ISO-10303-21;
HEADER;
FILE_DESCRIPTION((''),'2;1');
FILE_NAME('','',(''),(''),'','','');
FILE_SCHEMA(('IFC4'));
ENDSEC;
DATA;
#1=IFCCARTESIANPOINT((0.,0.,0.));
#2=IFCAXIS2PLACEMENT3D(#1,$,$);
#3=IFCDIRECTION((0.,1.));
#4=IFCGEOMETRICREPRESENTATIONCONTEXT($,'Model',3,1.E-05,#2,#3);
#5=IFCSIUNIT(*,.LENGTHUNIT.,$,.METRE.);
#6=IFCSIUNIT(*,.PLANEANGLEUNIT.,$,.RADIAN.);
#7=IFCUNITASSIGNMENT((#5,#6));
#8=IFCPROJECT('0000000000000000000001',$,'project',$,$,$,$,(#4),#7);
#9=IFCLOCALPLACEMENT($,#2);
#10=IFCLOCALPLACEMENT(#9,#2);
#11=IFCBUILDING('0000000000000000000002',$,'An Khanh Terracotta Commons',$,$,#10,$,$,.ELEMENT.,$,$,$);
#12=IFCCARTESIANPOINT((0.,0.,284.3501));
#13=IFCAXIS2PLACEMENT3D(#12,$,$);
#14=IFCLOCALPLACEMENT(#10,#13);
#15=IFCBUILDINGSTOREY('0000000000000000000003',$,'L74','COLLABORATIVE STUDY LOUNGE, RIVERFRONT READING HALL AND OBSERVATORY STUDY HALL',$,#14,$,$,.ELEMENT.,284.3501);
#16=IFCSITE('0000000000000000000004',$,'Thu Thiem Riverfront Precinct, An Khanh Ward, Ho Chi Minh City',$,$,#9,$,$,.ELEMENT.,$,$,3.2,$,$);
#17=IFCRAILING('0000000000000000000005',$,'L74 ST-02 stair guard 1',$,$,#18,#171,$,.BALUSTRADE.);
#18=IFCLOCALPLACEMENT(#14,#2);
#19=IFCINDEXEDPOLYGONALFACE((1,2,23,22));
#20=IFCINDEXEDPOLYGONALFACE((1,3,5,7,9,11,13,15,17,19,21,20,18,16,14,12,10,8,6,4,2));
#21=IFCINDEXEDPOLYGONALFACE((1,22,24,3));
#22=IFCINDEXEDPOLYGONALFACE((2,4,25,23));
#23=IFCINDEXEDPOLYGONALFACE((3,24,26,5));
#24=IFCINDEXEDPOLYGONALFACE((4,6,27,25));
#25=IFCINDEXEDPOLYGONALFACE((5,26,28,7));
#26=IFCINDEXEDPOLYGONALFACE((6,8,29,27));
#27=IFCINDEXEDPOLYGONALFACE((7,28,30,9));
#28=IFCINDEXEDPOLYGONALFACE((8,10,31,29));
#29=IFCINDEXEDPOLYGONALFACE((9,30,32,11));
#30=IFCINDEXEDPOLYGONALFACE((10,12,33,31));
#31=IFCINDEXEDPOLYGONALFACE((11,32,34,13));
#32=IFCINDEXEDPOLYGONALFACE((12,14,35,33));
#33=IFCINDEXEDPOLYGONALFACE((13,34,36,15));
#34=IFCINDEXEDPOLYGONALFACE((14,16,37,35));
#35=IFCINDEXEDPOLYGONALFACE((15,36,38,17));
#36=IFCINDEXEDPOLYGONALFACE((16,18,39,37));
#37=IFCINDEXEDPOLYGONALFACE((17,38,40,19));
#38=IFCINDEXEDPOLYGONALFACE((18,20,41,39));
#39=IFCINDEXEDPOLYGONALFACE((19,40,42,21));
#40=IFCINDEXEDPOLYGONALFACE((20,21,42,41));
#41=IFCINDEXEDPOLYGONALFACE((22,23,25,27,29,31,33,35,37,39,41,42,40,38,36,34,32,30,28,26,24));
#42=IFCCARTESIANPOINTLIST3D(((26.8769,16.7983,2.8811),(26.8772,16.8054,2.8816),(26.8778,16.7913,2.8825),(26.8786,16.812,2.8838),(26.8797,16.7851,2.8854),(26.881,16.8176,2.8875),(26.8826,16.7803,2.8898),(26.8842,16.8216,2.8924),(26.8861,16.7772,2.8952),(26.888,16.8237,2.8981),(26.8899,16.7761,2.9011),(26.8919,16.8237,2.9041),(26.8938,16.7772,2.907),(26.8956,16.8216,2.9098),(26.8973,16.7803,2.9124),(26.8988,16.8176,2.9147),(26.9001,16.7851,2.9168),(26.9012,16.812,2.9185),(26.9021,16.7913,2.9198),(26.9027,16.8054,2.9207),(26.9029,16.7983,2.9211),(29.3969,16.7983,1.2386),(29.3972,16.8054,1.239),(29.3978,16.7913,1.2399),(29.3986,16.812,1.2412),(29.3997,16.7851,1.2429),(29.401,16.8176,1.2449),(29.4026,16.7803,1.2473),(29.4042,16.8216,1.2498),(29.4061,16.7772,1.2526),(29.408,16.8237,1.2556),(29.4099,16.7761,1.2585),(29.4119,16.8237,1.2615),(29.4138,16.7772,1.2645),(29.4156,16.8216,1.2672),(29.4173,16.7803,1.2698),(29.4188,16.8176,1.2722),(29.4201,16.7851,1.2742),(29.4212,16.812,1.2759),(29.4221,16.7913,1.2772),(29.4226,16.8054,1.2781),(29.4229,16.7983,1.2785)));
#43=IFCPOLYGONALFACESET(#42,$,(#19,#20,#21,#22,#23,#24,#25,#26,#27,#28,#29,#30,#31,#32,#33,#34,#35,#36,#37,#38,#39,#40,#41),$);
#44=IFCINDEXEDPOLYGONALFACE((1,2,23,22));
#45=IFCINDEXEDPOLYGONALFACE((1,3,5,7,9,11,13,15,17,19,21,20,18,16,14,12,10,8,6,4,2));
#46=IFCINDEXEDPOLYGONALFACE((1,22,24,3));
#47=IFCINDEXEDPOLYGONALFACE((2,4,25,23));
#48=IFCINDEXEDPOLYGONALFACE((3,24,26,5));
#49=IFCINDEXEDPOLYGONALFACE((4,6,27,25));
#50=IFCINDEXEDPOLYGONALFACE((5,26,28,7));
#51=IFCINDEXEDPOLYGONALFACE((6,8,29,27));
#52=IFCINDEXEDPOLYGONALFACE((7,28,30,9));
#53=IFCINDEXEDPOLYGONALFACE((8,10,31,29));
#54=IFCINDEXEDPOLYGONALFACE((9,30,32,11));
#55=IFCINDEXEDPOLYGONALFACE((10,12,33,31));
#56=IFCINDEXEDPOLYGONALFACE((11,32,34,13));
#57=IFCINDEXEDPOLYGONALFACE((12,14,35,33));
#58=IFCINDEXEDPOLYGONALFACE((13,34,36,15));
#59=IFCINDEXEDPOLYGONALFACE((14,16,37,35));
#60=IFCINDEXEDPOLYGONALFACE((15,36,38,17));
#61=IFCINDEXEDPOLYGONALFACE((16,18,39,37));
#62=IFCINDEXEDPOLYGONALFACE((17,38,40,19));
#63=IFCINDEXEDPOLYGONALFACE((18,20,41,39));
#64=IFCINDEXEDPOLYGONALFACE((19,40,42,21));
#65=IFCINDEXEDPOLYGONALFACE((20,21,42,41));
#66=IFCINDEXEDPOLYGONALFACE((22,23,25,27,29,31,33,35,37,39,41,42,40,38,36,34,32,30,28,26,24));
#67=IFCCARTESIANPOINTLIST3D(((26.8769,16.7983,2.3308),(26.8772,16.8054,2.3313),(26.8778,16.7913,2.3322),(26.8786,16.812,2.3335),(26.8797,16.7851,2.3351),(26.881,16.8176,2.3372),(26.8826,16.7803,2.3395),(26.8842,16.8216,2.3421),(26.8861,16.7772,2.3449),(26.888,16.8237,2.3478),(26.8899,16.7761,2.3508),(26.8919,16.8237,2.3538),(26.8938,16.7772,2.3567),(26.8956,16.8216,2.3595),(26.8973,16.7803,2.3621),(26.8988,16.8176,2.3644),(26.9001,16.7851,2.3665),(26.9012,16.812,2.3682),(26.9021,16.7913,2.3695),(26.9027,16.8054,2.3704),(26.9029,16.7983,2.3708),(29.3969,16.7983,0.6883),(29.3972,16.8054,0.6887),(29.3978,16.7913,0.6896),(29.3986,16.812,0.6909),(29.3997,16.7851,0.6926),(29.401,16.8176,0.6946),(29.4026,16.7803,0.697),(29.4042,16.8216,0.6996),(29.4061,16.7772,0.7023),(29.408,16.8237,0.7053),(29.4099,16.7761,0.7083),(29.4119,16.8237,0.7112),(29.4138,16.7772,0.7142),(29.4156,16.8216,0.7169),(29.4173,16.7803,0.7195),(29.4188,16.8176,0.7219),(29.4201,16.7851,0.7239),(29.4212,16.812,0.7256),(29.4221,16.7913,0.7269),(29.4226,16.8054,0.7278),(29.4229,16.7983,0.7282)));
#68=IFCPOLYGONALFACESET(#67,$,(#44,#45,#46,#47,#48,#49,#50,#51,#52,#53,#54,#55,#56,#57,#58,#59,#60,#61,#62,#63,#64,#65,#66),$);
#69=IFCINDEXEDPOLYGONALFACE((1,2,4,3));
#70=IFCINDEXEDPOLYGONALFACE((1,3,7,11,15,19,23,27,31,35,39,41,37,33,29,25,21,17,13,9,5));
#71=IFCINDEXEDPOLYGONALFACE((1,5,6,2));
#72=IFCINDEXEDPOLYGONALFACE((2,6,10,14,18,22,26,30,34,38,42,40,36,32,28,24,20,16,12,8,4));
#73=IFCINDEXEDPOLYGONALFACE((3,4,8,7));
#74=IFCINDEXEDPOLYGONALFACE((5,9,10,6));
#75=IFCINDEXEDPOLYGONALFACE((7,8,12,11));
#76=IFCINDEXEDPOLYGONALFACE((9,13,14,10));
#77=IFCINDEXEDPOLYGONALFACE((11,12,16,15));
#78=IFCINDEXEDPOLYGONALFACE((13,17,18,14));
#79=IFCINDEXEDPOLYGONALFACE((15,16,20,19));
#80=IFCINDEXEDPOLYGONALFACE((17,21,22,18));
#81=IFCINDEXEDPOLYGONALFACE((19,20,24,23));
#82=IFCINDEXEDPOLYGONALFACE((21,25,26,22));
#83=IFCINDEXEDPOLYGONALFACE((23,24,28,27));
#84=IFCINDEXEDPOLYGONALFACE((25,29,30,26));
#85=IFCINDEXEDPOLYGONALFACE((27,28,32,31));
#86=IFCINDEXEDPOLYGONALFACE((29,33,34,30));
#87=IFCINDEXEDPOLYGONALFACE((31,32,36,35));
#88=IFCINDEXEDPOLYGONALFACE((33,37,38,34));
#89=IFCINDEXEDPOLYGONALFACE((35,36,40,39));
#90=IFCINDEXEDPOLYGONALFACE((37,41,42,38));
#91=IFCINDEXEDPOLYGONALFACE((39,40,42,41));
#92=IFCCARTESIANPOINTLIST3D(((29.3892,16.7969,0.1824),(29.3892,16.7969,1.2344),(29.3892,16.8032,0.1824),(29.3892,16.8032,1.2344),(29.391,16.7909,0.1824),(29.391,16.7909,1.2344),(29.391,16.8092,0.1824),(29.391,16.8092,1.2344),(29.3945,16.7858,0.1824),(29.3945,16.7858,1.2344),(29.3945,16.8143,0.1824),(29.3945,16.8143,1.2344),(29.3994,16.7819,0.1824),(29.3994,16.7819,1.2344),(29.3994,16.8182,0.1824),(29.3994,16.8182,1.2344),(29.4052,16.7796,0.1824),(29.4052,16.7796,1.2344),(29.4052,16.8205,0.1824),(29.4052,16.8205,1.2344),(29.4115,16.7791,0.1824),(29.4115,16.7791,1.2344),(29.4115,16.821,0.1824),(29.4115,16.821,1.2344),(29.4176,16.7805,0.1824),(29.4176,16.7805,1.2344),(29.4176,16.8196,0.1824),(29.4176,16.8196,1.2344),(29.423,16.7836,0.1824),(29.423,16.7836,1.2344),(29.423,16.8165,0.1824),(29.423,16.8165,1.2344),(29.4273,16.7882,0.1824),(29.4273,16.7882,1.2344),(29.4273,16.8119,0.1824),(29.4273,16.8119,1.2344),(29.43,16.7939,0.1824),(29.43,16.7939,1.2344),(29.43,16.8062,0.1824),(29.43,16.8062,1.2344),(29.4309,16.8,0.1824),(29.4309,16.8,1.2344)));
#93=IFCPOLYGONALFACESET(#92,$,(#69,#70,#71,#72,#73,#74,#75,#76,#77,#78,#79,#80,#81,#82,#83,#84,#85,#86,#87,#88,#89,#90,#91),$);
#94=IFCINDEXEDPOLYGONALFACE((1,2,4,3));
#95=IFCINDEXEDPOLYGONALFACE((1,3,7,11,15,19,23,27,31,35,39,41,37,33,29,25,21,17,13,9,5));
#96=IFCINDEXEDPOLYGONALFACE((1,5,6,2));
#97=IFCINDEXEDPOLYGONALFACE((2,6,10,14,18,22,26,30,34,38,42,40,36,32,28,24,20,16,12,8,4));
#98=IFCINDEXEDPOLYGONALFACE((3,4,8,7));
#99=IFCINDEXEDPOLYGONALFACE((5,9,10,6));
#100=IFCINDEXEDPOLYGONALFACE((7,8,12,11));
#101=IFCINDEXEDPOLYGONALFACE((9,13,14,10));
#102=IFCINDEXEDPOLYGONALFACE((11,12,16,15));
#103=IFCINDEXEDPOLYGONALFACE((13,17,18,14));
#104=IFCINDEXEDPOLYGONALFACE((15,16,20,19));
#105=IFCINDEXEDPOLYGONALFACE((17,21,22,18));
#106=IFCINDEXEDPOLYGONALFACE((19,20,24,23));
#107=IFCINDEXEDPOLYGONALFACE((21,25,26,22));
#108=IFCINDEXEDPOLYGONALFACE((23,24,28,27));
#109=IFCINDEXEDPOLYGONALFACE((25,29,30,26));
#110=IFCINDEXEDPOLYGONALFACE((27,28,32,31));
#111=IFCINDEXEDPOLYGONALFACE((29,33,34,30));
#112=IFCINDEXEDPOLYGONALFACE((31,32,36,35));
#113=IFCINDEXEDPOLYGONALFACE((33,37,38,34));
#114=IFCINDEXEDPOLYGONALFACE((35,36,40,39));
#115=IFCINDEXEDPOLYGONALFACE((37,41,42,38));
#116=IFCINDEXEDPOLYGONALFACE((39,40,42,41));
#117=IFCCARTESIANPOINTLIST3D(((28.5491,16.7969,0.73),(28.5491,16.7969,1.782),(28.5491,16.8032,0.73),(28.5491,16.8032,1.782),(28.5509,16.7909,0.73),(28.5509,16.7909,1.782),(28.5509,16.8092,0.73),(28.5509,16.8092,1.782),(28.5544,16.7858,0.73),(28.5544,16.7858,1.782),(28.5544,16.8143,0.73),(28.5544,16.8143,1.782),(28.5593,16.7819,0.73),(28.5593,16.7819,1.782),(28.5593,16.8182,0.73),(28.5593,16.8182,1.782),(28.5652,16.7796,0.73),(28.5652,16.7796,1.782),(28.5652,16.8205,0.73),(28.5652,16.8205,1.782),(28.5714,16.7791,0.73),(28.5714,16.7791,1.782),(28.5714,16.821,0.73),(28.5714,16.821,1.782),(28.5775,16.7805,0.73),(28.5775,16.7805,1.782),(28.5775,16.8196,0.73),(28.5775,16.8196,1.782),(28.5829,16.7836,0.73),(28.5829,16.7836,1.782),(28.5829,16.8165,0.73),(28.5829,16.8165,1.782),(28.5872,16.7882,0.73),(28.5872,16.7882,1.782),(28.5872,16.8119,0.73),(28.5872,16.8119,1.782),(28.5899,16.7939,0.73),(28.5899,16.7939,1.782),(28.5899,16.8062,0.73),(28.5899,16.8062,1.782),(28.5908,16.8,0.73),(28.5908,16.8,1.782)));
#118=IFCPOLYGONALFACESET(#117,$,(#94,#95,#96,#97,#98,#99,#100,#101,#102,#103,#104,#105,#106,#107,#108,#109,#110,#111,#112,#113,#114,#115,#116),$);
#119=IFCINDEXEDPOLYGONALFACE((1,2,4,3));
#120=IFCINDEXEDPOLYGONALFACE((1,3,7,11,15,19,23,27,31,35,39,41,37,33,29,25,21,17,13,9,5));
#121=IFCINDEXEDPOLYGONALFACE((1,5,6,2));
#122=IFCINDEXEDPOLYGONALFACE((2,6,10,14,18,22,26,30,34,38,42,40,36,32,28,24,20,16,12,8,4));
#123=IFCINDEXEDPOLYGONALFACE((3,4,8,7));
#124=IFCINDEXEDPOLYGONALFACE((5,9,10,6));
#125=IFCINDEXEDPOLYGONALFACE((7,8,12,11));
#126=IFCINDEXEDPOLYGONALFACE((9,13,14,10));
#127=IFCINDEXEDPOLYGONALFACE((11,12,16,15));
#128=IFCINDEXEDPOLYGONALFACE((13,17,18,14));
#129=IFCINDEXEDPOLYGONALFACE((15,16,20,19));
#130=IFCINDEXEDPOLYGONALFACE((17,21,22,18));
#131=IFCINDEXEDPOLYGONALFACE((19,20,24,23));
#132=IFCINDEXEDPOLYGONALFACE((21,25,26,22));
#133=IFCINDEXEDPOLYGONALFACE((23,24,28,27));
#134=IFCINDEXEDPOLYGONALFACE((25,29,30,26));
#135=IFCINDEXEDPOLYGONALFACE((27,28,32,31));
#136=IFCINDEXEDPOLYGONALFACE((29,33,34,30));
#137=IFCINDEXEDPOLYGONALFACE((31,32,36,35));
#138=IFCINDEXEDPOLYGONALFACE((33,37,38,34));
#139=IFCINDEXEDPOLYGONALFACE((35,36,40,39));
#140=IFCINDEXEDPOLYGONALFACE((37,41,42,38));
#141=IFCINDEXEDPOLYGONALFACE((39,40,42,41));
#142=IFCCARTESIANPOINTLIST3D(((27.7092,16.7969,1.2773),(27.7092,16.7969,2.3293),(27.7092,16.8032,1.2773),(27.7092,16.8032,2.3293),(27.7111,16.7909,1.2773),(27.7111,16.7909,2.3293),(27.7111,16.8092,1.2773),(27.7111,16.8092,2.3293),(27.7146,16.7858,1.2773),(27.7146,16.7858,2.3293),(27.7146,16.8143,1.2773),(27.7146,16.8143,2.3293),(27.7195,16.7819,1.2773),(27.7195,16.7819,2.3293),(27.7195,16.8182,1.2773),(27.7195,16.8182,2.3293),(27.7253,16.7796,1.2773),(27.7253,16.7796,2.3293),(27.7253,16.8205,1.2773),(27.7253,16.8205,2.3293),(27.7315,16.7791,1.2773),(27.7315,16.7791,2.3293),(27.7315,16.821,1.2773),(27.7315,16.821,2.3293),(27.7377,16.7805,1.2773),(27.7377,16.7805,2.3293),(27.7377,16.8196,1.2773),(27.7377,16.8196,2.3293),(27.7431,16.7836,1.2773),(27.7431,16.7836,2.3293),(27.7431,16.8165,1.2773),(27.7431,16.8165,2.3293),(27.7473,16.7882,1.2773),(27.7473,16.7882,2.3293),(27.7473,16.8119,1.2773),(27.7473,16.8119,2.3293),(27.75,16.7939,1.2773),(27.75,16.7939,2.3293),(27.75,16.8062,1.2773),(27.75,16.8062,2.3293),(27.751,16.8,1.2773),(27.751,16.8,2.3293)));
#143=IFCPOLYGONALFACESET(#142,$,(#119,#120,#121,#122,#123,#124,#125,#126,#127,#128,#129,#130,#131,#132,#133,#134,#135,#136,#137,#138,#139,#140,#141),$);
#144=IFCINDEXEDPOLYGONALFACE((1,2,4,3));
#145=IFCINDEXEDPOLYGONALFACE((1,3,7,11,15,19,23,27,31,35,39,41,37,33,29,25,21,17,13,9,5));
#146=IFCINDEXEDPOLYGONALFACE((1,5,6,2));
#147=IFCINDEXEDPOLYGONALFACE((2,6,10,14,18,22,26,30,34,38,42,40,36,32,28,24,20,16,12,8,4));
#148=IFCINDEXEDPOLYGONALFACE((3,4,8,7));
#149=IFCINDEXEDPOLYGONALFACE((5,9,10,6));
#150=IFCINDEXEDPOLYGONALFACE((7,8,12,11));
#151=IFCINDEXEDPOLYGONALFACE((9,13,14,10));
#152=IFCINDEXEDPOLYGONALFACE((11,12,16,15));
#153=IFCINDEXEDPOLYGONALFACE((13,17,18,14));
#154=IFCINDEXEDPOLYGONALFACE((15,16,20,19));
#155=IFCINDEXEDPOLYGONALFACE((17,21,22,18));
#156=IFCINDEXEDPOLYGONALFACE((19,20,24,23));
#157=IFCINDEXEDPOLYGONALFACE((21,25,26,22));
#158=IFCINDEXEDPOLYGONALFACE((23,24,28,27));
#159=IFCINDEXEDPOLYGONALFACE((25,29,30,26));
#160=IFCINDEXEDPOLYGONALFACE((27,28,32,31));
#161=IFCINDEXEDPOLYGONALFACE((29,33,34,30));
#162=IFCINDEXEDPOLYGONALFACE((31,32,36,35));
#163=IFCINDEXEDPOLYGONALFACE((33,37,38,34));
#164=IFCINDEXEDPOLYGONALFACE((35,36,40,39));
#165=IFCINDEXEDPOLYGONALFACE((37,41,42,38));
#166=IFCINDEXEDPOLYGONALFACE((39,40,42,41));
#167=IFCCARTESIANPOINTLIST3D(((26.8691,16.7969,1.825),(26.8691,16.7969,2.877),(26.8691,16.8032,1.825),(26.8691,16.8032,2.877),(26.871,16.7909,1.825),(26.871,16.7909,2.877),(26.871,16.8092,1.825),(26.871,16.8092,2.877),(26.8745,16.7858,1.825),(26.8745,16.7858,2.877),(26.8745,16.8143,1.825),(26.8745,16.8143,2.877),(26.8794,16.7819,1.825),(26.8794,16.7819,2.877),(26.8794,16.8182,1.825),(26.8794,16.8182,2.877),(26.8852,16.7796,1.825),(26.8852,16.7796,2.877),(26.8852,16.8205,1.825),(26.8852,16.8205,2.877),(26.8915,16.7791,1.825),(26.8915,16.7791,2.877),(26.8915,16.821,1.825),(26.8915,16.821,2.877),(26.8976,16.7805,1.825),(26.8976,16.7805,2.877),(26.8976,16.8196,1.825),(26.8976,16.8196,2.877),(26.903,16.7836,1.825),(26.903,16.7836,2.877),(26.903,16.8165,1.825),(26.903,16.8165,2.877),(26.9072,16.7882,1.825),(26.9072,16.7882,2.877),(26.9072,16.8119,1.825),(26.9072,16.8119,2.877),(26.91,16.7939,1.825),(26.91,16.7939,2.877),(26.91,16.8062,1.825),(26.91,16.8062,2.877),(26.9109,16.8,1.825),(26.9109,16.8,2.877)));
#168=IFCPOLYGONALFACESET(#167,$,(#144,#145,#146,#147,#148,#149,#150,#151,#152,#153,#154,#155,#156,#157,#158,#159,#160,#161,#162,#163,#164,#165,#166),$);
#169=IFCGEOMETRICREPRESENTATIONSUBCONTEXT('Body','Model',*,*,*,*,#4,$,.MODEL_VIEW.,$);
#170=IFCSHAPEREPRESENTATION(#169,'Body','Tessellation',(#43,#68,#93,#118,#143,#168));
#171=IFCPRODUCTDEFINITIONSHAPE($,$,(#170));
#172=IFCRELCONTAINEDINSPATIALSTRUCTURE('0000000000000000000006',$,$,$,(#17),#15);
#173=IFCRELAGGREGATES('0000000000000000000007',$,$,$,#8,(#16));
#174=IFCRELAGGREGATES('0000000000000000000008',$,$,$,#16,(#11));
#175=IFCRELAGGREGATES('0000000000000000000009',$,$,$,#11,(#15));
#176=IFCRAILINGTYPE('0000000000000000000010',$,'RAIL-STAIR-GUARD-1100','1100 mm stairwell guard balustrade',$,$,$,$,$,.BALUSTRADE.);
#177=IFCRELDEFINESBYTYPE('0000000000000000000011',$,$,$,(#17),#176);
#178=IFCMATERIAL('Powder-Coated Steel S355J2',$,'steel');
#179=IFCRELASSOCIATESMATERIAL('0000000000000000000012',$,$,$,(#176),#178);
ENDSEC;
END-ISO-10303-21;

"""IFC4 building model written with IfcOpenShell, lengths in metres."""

from ifc_helpers import new_model, si_unit, direction, frame, origin, origin_2d, place, context, subcontext, project, spatial, circle, extrude, material, type_object, element, save


model = new_model("IFC4")

# Units and contexts
model_context = context("Model", 3, precision=1e-05, world=origin(), true_north=direction((0.0, 1.0)))
body_context = subcontext(model_context, "Body", "Model", "MODEL_VIEW")
ifc_project = project(units=[si_unit("LENGTHUNIT", "METRE"), si_unit("PLANEANGLEUNIT", "RADIAN")], contexts=[model_context])

# Site, building, storey
site_placement = place(None, origin())
site = spatial("IfcSite", under=ifc_project, at=site_placement, Name="Thu Thiem Riverfront Precinct, An Khanh Ward, Ho Chi Minh City", CompositionType="ELEMENT", RefElevation=3.2)
building_placement = place(site_placement, origin())
building = spatial("IfcBuilding", under=site, at=building_placement, Name="An Khanh Terracotta Commons", CompositionType="ELEMENT")
storey_placement = place(building_placement, frame((0.0, 0.0, 284.3501)))
storey = spatial("IfcBuildingStorey", under=building, at=storey_placement, Name="L74", Description="COLLABORATIVE STUDY LOUNGE, RIVERFRONT READING HALL AND OBSERVATORY STUDY HALL", CompositionType="ELEMENT", Elevation=284.3501)

# Railing
ifc_material_1 = material(Name="Powder-Coated Steel S355J2", Category="steel")
railing_type_1 = type_object("IfcRailingType", Name="RAIL-STAIR-GUARD-1100", Description="1100 mm stairwell guard balustrade", PredefinedType="BALUSTRADE", material=ifc_material_1)
railing_1_placement = place(storey_placement, frame((29.4099, 16.8, 0.1824)))
element("IfcRailing", 1, at=railing_1_placement, inside=storey, type_object=railing_type_1, Name="L74 ST-02 stair guard 1", PredefinedType="BALUSTRADE", context=body_context, shape_type="SweptSolid", body=[
    extrude(circle(Radius=0.0239, at=origin_2d()), frame((0.0, 0.0, 1.0762), z_axis=(-0.837749, 0.0, 0.546055), x_axis=(0.0, -1.0, 0.0)), (0.0, 0.0, 1.0), 3.0081),
    extrude(circle(Radius=0.0239, at=origin_2d()), frame((0.0, 0.0, 0.5259), z_axis=(-0.837749, 0.0, 0.546055), x_axis=(0.0, -1.0, 0.0)), (0.0, 0.0, 1.0), 3.0081),
    extrude(circle(Radius=0.021, at=origin_2d()), origin(), (0.0, 0.0, 1.0), 1.052),
    extrude(circle(Radius=0.021, at=origin_2d()), frame((-0.8401, 0.0, 0.5476)), (0.0, 0.0, 1.0), 1.052),
    extrude(circle(Radius=0.021, at=origin_2d()), frame((-1.6799, 0.0, 1.095)), (0.0, 0.0, 1.0), 1.052),
    extrude(circle(Radius=0.021, at=origin_2d()), frame((-2.52, 0.0, 1.6426)), (0.0, 0.0, 1.0), 1.052),
])

save(model, "model.ifc")
